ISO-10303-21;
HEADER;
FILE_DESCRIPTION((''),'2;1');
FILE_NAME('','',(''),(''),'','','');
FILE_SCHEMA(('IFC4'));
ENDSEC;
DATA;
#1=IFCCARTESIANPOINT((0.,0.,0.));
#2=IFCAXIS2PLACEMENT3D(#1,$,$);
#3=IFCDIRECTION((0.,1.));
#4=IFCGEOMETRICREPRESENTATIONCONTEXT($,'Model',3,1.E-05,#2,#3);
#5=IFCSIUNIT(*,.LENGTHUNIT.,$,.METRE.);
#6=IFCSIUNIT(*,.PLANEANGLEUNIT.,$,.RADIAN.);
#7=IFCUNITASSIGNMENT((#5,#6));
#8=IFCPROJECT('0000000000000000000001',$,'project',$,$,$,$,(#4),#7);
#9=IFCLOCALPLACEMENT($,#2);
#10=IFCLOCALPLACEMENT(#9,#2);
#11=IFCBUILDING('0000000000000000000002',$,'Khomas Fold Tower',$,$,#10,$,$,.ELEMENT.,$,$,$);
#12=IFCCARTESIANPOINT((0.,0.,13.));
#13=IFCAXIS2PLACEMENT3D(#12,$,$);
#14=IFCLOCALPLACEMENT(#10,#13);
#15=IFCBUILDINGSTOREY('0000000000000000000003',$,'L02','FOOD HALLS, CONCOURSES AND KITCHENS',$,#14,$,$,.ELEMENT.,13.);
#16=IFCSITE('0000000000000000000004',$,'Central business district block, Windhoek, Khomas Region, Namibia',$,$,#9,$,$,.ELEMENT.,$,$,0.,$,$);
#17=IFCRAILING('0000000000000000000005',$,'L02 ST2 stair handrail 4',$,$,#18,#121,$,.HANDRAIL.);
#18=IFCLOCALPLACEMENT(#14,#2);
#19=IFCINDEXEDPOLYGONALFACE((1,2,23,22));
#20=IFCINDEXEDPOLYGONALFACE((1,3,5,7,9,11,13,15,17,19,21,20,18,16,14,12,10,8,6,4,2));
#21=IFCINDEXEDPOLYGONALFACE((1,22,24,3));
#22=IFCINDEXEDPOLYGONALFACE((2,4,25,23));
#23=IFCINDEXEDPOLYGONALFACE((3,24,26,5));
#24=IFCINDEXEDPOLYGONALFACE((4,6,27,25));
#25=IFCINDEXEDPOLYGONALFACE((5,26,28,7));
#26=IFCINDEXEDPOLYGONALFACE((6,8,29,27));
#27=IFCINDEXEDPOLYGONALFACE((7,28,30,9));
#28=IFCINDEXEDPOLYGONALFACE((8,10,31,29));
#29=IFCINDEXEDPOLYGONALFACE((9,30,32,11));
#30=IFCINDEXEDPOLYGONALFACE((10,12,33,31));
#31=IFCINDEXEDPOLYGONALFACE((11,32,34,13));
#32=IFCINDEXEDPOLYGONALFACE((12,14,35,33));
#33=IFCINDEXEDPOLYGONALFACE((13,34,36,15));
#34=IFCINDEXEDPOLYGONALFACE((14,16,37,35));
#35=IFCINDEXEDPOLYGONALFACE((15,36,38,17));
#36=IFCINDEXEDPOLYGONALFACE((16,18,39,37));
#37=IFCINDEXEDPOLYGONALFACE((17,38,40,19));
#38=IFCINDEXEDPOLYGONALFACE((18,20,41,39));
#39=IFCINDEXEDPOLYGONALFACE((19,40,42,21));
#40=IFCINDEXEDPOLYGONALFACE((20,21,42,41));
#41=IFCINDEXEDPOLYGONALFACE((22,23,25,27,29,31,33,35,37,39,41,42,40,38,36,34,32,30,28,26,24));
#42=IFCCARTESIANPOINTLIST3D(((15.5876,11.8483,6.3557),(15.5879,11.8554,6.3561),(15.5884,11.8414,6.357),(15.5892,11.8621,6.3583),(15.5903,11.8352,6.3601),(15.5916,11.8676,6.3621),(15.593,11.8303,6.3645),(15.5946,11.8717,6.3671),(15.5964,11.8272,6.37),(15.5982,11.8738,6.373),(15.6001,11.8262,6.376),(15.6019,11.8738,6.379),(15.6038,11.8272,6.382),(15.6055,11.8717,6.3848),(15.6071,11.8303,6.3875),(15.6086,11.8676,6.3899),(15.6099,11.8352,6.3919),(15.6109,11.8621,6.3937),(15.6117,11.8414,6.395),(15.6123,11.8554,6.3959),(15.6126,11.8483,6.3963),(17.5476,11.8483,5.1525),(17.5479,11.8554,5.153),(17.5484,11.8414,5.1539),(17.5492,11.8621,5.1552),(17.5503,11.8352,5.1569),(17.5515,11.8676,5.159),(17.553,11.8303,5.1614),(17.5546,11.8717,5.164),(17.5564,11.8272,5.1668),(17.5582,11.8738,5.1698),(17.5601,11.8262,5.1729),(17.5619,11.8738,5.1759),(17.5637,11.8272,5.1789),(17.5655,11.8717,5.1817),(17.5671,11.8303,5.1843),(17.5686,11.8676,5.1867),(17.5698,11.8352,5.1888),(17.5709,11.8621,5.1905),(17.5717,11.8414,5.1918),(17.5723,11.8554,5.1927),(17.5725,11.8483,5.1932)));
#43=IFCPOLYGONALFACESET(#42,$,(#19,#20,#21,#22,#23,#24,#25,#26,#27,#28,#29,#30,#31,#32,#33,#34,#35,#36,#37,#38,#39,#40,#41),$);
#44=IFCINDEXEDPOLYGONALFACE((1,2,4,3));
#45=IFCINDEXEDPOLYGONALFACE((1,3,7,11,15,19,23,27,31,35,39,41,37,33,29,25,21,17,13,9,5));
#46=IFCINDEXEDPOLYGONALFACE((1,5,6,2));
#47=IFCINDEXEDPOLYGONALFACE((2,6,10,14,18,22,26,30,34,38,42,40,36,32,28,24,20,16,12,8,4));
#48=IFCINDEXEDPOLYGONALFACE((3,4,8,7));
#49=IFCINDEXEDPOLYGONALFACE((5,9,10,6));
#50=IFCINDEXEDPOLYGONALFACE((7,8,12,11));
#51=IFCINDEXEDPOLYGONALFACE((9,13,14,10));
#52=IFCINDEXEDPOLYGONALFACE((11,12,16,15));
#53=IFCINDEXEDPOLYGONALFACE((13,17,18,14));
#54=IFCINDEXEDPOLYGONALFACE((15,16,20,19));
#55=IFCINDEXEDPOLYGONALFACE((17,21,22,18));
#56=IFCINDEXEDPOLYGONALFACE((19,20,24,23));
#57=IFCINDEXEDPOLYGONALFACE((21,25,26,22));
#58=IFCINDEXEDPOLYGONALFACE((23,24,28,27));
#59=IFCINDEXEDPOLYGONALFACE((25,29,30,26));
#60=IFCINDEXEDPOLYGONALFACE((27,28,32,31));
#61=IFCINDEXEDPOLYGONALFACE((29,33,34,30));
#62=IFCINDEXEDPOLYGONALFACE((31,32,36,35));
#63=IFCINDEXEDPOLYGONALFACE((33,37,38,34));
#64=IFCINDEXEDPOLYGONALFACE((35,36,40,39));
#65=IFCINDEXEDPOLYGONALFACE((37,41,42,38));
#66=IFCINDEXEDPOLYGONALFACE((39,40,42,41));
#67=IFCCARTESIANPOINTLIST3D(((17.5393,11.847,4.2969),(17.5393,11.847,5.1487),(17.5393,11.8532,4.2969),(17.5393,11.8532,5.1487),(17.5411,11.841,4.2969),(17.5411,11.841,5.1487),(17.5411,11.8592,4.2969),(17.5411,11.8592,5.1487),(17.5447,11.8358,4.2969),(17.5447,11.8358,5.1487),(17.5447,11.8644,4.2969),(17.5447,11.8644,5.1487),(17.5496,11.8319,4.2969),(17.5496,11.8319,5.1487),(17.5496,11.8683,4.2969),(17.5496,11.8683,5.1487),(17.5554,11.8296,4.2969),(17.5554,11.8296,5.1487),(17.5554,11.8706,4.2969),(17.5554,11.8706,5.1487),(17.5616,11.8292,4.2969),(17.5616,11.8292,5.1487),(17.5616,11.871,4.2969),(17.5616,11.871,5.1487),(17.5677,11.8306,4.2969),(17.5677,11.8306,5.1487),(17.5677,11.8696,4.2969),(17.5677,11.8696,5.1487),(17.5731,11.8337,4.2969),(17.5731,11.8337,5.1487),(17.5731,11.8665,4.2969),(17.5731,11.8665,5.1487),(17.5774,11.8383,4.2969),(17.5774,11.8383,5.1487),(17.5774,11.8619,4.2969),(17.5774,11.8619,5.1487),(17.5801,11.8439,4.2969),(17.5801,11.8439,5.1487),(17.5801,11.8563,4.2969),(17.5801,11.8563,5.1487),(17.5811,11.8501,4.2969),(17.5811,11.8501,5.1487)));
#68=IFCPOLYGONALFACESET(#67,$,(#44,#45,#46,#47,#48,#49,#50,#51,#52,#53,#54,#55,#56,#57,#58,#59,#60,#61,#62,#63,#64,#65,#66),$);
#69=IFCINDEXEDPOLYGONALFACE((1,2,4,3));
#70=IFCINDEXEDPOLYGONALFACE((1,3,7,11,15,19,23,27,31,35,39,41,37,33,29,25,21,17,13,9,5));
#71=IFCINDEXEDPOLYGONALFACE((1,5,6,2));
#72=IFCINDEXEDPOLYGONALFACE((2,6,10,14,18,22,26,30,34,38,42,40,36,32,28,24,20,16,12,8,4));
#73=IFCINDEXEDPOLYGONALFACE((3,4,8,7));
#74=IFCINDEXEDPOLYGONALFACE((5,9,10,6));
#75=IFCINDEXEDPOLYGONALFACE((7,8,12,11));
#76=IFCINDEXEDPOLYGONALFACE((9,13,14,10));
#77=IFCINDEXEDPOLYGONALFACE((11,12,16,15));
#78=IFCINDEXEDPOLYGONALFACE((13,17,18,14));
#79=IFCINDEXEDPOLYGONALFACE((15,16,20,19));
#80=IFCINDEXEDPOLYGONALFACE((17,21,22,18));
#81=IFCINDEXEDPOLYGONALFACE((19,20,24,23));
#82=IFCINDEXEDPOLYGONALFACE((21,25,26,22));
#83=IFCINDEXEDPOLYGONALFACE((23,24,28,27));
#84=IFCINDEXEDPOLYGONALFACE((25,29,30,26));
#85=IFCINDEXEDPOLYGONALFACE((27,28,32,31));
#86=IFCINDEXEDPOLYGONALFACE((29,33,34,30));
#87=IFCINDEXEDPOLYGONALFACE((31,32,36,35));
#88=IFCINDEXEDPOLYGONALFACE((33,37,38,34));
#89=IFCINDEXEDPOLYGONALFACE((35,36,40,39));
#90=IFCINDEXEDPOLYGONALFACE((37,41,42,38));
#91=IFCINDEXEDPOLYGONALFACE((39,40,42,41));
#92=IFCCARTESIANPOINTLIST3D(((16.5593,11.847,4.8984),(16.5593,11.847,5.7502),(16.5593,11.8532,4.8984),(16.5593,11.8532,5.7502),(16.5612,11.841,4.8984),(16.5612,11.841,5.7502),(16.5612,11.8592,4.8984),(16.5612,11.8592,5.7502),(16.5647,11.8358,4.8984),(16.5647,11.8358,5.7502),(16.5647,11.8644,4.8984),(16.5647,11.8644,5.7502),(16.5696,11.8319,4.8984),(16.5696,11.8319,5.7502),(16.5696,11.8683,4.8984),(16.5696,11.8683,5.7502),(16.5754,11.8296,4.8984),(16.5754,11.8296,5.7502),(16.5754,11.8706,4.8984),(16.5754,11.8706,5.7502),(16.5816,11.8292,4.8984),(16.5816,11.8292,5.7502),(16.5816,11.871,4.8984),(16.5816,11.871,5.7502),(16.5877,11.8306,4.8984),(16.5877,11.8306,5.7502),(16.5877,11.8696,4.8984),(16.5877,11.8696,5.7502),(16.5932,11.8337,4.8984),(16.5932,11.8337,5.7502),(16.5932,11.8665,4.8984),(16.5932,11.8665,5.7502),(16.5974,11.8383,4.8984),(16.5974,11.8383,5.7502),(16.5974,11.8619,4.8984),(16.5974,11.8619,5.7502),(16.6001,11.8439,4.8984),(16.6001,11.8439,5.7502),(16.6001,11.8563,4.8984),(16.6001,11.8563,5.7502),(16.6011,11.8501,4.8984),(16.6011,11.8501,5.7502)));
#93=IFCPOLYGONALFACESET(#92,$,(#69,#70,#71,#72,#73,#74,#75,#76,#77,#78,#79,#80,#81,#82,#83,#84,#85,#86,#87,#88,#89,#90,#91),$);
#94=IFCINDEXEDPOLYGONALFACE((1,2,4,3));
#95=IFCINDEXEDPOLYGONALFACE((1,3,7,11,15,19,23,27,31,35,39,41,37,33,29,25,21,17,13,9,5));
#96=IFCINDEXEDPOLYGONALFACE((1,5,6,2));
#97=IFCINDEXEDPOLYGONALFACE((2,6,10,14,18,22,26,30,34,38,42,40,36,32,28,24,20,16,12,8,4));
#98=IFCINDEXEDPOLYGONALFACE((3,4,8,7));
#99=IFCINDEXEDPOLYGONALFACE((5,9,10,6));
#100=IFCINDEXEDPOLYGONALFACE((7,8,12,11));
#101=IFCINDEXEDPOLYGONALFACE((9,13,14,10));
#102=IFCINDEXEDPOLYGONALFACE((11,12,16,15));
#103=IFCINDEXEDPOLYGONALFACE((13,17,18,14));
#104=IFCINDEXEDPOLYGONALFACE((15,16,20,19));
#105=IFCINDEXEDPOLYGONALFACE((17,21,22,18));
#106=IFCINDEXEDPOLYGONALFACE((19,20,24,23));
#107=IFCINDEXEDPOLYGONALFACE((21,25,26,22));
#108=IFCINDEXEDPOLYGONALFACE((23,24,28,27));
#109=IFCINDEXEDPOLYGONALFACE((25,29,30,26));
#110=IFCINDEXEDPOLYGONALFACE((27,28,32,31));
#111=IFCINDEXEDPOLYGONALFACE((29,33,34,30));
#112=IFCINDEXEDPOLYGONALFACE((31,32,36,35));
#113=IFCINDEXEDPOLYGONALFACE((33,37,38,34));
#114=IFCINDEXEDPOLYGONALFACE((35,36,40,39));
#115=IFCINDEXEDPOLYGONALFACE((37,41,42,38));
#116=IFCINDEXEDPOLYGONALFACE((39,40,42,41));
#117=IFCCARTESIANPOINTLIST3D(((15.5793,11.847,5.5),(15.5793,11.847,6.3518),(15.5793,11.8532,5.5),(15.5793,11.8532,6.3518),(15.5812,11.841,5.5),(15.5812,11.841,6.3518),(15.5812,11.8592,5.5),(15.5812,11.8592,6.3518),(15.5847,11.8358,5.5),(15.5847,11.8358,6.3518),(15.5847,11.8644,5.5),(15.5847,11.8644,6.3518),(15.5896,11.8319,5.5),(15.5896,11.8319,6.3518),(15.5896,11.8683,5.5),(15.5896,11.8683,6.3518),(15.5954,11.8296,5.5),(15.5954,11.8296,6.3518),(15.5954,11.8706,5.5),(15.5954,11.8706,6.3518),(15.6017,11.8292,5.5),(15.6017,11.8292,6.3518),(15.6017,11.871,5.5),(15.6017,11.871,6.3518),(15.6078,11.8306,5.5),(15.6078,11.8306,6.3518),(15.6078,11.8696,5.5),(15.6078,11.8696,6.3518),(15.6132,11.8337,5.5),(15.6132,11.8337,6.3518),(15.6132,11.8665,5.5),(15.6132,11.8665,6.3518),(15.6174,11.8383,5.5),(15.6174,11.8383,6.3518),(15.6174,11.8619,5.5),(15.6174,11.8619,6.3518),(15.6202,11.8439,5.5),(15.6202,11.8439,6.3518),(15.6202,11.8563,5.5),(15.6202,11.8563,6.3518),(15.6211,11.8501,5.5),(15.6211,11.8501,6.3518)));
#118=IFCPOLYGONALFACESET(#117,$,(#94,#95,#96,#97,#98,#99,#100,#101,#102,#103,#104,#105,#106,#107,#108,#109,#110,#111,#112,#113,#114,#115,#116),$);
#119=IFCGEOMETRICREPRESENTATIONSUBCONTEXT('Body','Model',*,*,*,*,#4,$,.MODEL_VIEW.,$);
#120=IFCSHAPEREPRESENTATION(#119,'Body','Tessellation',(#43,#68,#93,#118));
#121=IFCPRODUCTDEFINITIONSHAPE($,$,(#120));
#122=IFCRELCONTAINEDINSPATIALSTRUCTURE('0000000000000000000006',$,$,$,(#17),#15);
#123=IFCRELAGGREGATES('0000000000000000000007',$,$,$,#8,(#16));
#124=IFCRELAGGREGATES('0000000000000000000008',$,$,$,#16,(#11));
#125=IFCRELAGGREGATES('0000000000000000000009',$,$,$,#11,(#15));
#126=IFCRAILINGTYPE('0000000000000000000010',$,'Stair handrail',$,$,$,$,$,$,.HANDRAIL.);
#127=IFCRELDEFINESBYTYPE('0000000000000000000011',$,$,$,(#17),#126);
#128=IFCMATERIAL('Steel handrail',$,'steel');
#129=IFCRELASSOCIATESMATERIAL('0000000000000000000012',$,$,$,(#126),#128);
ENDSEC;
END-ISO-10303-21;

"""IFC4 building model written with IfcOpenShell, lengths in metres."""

from ifc_helpers import new_model, si_unit, direction, frame, origin, origin_2d, place, context, subcontext, project, spatial, circle, extrude, source, transform, mapped, material, type_object, element, save


model = new_model("IFC4")

# Units and contexts
model_context = context("Model", 3, precision=1e-05, world=origin(), true_north=direction((0.0, 1.0)))
body_context = subcontext(model_context, "Body", "Model", "MODEL_VIEW")
ifc_project = project(units=[si_unit("LENGTHUNIT", "METRE"), si_unit("PLANEANGLEUNIT", "RADIAN")], contexts=[model_context])

# Site, building, storey
site_placement = place(None, origin())
site = spatial("IfcSite", under=ifc_project, at=site_placement, Name="Central business district block, Windhoek, Khomas Region, Namibia", CompositionType="ELEMENT", RefElevation=0.0)
building_placement = place(site_placement, origin())
building = spatial("IfcBuilding", under=site, at=building_placement, Name="Khomas Fold Tower", CompositionType="ELEMENT")
storey_placement = place(building_placement, frame((0.0, 0.0, 13.0)))
storey = spatial("IfcBuildingStorey", under=building, at=storey_placement, Name="L02", Description="FOOD HALLS, CONCOURSES AND KITCHENS", CompositionType="ELEMENT", Elevation=13.0)

# Railing
ifc_material_1 = material(Name="Steel handrail", Category="steel")
railing_type = type_object("IfcRailingType", Name="Stair handrail", PredefinedType="HANDRAIL", material=ifc_material_1)
shared_shape_1 = source(origin(), body_context, "Body", "SweptSolid", [
    extrude(circle(Radius=0.0239, at=origin_2d()), frame((0.0, 0.0, 0.876), z_axis=(-0.852241, 0.0, 0.523149), x_axis=(0.0, -1.0, 0.0)), (0.0, 0.0, 1.0), 2.2998),
    extrude(circle(Radius=0.021, at=origin_2d()), origin(), (0.0, 0.0, 1.0), 0.8518),
    extrude(circle(Radius=0.021, at=origin_2d()), frame((-0.98, 0.0, 0.6016)), (0.0, 0.0, 1.0), 0.8518),
    extrude(circle(Radius=0.021, at=origin_2d()), frame((-1.96, 0.0, 1.2031)), (0.0, 0.0, 1.0), 0.8518),
])
for number, where, name in (
    (1, (17.5601, 11.8501, 4.2969), "L02 ST2 stair handrail 4"),
):
    element("IfcRailing", number, at=place(storey_placement, frame(where)), inside=storey, type_object=railing_type, Name=name, PredefinedType="HANDRAIL", context=body_context, shape_type="MappedRepresentation", body=[
        mapped(shared_shape_1, transform((0.0, 0.0, 0.0))),
    ])

save(model, "model.ifc")
